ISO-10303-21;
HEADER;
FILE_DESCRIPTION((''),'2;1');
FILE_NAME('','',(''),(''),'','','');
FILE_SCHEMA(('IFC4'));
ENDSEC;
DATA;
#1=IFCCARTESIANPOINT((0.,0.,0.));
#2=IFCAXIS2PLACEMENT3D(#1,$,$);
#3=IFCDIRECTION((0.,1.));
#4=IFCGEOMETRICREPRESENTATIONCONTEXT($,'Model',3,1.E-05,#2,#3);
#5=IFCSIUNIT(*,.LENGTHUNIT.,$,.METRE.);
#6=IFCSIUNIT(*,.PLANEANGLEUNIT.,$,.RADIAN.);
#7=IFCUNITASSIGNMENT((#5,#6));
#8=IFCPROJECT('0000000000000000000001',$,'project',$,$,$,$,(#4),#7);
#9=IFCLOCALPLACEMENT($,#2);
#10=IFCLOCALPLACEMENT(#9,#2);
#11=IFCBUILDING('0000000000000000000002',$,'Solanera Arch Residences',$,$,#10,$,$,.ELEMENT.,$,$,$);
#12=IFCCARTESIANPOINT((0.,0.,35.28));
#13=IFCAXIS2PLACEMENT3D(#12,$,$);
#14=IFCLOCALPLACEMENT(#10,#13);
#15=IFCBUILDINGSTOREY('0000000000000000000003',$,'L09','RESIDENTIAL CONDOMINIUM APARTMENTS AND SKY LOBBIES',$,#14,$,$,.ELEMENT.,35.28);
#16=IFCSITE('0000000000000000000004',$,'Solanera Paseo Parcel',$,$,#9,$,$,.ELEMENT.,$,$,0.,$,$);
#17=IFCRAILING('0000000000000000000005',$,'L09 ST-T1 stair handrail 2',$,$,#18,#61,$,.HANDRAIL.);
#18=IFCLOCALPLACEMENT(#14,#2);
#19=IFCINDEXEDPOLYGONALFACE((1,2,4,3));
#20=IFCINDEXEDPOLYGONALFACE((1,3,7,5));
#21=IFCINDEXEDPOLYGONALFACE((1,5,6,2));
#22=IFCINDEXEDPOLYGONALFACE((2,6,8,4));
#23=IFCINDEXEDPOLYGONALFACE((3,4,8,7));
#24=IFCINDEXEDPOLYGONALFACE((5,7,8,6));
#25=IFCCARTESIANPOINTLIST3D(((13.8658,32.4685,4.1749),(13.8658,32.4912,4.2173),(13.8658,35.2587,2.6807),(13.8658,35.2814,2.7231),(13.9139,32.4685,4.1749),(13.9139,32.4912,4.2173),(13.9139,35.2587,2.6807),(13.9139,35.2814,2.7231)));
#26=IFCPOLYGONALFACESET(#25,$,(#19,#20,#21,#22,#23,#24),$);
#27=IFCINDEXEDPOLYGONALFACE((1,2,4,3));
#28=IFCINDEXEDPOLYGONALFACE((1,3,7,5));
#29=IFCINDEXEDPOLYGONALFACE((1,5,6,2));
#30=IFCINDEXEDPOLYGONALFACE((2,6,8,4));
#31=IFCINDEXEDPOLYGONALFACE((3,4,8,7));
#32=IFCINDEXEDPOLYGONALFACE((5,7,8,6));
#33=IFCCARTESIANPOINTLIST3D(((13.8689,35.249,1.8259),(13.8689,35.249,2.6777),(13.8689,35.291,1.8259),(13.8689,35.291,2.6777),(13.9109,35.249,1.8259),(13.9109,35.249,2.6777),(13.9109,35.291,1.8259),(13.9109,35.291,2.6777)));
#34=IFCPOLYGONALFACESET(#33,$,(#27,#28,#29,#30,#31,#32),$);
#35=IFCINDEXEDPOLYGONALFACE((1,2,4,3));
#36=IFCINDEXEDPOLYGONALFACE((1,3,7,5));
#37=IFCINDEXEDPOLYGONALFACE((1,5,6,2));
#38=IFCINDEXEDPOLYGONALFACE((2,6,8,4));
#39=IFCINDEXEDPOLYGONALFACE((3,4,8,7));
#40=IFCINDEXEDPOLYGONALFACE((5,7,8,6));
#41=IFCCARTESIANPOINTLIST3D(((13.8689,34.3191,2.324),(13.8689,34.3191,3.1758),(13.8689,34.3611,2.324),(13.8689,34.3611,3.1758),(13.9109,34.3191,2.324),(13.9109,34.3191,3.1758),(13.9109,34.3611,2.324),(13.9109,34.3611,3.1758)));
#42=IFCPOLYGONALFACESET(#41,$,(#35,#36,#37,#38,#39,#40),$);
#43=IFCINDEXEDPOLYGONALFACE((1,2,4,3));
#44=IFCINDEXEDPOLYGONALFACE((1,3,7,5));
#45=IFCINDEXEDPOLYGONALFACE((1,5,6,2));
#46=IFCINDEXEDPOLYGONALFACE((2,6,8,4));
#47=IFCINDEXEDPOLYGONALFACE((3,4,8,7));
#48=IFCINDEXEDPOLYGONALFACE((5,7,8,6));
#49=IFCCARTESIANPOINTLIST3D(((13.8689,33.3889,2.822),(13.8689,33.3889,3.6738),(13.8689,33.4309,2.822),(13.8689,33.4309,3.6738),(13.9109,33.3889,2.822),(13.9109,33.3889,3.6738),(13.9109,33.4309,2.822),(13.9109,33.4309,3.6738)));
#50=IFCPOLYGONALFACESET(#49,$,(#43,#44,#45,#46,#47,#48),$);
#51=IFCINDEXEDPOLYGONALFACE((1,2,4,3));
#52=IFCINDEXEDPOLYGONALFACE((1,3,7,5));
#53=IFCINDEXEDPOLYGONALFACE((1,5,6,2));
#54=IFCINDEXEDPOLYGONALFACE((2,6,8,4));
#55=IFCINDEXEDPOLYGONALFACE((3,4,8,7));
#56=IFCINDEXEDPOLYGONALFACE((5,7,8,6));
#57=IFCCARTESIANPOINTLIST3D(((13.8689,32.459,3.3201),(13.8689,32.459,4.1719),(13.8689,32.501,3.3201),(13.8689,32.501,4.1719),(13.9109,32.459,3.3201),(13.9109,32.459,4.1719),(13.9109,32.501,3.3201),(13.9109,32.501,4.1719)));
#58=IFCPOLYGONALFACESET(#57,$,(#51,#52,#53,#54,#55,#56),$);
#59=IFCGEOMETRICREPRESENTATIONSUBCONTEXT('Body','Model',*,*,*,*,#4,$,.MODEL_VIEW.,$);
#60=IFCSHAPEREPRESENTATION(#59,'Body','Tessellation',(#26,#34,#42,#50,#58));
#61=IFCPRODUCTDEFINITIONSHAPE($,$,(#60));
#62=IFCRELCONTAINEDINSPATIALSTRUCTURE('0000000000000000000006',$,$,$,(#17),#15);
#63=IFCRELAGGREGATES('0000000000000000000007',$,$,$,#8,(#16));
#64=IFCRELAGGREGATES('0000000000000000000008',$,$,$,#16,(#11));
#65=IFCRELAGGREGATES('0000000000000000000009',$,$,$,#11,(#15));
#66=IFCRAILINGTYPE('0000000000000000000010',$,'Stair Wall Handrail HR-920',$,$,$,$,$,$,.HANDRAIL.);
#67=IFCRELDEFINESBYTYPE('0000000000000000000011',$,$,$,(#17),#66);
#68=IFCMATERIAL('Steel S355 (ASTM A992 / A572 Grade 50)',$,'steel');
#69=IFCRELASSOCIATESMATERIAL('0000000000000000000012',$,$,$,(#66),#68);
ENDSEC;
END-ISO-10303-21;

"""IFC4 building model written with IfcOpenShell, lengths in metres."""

from ifc_helpers import new_model, si_unit, direction, frame, origin, origin_2d, place, context, subcontext, project, spatial, rectangle, extrude, material, type_object, element, save


model = new_model("IFC4")

# Units and contexts
model_context = context("Model", 3, precision=1e-05, world=origin(), true_north=direction((0.0, 1.0)))
body_context = subcontext(model_context, "Body", "Model", "MODEL_VIEW")
ifc_project = project(units=[si_unit("LENGTHUNIT", "METRE"), si_unit("PLANEANGLEUNIT", "RADIAN")], contexts=[model_context])

# Site, building, storey
site_placement = place(None, origin())
site = spatial("IfcSite", under=ifc_project, at=site_placement, Name="Solanera Paseo Parcel", CompositionType="ELEMENT", RefElevation=0.0)
building_placement = place(site_placement, origin())
building = spatial("IfcBuilding", under=site, at=building_placement, Name="Solanera Arch Residences", CompositionType="ELEMENT")
storey_placement = place(building_placement, frame((0.0, 0.0, 35.28)))
storey = spatial("IfcBuildingStorey", under=building, at=storey_placement, Name="L09", Description="RESIDENTIAL CONDOMINIUM APARTMENTS AND SKY LOBBIES", CompositionType="ELEMENT", Elevation=35.28)

# Railing
ifc_material_1 = material(Name="Steel S355 (ASTM A992 / A572 Grade 50)", Category="steel")
railing_type_1 = type_object("IfcRailingType", Name="Stair Wall Handrail HR-920", PredefinedType="HANDRAIL", material=ifc_material_1)
railing_1_placement = place(storey_placement, frame((13.8899, 35.27, 1.8259)))
element("IfcRailing", 1, at=railing_1_placement, inside=storey, type_object=railing_type_1, Name="L09 ST-T1 stair handrail 2", PredefinedType="HANDRAIL", context=body_context, shape_type="SweptSolid", body=[
    extrude(rectangle(XDim=0.0481, YDim=0.0481, at=origin_2d()), frame((0.0, 0.0, 0.876), z_axis=(0.0, -0.881549, 0.472093), x_axis=(1.0, 0.0, 0.0)), (0.0, 0.0, 1.0), 3.165),
    extrude(rectangle(XDim=0.042, YDim=0.042, at=origin_2d()), origin(), (0.0, 0.0, 1.0), 0.8518),
    extrude(rectangle(XDim=0.042, YDim=0.042, at=origin_2d()), frame((0.0, -0.9299, 0.498)), (0.0, 0.0, 1.0), 0.8518),
    extrude(rectangle(XDim=0.042, YDim=0.042, at=origin_2d()), frame((0.0, -1.8601, 0.9961)), (0.0, 0.0, 1.0), 0.8518),
    extrude(rectangle(XDim=0.042, YDim=0.042, at=origin_2d()), frame((0.0, -2.79, 1.4941)), (0.0, 0.0, 1.0), 0.8518),
])

save(model, "model.ifc")
